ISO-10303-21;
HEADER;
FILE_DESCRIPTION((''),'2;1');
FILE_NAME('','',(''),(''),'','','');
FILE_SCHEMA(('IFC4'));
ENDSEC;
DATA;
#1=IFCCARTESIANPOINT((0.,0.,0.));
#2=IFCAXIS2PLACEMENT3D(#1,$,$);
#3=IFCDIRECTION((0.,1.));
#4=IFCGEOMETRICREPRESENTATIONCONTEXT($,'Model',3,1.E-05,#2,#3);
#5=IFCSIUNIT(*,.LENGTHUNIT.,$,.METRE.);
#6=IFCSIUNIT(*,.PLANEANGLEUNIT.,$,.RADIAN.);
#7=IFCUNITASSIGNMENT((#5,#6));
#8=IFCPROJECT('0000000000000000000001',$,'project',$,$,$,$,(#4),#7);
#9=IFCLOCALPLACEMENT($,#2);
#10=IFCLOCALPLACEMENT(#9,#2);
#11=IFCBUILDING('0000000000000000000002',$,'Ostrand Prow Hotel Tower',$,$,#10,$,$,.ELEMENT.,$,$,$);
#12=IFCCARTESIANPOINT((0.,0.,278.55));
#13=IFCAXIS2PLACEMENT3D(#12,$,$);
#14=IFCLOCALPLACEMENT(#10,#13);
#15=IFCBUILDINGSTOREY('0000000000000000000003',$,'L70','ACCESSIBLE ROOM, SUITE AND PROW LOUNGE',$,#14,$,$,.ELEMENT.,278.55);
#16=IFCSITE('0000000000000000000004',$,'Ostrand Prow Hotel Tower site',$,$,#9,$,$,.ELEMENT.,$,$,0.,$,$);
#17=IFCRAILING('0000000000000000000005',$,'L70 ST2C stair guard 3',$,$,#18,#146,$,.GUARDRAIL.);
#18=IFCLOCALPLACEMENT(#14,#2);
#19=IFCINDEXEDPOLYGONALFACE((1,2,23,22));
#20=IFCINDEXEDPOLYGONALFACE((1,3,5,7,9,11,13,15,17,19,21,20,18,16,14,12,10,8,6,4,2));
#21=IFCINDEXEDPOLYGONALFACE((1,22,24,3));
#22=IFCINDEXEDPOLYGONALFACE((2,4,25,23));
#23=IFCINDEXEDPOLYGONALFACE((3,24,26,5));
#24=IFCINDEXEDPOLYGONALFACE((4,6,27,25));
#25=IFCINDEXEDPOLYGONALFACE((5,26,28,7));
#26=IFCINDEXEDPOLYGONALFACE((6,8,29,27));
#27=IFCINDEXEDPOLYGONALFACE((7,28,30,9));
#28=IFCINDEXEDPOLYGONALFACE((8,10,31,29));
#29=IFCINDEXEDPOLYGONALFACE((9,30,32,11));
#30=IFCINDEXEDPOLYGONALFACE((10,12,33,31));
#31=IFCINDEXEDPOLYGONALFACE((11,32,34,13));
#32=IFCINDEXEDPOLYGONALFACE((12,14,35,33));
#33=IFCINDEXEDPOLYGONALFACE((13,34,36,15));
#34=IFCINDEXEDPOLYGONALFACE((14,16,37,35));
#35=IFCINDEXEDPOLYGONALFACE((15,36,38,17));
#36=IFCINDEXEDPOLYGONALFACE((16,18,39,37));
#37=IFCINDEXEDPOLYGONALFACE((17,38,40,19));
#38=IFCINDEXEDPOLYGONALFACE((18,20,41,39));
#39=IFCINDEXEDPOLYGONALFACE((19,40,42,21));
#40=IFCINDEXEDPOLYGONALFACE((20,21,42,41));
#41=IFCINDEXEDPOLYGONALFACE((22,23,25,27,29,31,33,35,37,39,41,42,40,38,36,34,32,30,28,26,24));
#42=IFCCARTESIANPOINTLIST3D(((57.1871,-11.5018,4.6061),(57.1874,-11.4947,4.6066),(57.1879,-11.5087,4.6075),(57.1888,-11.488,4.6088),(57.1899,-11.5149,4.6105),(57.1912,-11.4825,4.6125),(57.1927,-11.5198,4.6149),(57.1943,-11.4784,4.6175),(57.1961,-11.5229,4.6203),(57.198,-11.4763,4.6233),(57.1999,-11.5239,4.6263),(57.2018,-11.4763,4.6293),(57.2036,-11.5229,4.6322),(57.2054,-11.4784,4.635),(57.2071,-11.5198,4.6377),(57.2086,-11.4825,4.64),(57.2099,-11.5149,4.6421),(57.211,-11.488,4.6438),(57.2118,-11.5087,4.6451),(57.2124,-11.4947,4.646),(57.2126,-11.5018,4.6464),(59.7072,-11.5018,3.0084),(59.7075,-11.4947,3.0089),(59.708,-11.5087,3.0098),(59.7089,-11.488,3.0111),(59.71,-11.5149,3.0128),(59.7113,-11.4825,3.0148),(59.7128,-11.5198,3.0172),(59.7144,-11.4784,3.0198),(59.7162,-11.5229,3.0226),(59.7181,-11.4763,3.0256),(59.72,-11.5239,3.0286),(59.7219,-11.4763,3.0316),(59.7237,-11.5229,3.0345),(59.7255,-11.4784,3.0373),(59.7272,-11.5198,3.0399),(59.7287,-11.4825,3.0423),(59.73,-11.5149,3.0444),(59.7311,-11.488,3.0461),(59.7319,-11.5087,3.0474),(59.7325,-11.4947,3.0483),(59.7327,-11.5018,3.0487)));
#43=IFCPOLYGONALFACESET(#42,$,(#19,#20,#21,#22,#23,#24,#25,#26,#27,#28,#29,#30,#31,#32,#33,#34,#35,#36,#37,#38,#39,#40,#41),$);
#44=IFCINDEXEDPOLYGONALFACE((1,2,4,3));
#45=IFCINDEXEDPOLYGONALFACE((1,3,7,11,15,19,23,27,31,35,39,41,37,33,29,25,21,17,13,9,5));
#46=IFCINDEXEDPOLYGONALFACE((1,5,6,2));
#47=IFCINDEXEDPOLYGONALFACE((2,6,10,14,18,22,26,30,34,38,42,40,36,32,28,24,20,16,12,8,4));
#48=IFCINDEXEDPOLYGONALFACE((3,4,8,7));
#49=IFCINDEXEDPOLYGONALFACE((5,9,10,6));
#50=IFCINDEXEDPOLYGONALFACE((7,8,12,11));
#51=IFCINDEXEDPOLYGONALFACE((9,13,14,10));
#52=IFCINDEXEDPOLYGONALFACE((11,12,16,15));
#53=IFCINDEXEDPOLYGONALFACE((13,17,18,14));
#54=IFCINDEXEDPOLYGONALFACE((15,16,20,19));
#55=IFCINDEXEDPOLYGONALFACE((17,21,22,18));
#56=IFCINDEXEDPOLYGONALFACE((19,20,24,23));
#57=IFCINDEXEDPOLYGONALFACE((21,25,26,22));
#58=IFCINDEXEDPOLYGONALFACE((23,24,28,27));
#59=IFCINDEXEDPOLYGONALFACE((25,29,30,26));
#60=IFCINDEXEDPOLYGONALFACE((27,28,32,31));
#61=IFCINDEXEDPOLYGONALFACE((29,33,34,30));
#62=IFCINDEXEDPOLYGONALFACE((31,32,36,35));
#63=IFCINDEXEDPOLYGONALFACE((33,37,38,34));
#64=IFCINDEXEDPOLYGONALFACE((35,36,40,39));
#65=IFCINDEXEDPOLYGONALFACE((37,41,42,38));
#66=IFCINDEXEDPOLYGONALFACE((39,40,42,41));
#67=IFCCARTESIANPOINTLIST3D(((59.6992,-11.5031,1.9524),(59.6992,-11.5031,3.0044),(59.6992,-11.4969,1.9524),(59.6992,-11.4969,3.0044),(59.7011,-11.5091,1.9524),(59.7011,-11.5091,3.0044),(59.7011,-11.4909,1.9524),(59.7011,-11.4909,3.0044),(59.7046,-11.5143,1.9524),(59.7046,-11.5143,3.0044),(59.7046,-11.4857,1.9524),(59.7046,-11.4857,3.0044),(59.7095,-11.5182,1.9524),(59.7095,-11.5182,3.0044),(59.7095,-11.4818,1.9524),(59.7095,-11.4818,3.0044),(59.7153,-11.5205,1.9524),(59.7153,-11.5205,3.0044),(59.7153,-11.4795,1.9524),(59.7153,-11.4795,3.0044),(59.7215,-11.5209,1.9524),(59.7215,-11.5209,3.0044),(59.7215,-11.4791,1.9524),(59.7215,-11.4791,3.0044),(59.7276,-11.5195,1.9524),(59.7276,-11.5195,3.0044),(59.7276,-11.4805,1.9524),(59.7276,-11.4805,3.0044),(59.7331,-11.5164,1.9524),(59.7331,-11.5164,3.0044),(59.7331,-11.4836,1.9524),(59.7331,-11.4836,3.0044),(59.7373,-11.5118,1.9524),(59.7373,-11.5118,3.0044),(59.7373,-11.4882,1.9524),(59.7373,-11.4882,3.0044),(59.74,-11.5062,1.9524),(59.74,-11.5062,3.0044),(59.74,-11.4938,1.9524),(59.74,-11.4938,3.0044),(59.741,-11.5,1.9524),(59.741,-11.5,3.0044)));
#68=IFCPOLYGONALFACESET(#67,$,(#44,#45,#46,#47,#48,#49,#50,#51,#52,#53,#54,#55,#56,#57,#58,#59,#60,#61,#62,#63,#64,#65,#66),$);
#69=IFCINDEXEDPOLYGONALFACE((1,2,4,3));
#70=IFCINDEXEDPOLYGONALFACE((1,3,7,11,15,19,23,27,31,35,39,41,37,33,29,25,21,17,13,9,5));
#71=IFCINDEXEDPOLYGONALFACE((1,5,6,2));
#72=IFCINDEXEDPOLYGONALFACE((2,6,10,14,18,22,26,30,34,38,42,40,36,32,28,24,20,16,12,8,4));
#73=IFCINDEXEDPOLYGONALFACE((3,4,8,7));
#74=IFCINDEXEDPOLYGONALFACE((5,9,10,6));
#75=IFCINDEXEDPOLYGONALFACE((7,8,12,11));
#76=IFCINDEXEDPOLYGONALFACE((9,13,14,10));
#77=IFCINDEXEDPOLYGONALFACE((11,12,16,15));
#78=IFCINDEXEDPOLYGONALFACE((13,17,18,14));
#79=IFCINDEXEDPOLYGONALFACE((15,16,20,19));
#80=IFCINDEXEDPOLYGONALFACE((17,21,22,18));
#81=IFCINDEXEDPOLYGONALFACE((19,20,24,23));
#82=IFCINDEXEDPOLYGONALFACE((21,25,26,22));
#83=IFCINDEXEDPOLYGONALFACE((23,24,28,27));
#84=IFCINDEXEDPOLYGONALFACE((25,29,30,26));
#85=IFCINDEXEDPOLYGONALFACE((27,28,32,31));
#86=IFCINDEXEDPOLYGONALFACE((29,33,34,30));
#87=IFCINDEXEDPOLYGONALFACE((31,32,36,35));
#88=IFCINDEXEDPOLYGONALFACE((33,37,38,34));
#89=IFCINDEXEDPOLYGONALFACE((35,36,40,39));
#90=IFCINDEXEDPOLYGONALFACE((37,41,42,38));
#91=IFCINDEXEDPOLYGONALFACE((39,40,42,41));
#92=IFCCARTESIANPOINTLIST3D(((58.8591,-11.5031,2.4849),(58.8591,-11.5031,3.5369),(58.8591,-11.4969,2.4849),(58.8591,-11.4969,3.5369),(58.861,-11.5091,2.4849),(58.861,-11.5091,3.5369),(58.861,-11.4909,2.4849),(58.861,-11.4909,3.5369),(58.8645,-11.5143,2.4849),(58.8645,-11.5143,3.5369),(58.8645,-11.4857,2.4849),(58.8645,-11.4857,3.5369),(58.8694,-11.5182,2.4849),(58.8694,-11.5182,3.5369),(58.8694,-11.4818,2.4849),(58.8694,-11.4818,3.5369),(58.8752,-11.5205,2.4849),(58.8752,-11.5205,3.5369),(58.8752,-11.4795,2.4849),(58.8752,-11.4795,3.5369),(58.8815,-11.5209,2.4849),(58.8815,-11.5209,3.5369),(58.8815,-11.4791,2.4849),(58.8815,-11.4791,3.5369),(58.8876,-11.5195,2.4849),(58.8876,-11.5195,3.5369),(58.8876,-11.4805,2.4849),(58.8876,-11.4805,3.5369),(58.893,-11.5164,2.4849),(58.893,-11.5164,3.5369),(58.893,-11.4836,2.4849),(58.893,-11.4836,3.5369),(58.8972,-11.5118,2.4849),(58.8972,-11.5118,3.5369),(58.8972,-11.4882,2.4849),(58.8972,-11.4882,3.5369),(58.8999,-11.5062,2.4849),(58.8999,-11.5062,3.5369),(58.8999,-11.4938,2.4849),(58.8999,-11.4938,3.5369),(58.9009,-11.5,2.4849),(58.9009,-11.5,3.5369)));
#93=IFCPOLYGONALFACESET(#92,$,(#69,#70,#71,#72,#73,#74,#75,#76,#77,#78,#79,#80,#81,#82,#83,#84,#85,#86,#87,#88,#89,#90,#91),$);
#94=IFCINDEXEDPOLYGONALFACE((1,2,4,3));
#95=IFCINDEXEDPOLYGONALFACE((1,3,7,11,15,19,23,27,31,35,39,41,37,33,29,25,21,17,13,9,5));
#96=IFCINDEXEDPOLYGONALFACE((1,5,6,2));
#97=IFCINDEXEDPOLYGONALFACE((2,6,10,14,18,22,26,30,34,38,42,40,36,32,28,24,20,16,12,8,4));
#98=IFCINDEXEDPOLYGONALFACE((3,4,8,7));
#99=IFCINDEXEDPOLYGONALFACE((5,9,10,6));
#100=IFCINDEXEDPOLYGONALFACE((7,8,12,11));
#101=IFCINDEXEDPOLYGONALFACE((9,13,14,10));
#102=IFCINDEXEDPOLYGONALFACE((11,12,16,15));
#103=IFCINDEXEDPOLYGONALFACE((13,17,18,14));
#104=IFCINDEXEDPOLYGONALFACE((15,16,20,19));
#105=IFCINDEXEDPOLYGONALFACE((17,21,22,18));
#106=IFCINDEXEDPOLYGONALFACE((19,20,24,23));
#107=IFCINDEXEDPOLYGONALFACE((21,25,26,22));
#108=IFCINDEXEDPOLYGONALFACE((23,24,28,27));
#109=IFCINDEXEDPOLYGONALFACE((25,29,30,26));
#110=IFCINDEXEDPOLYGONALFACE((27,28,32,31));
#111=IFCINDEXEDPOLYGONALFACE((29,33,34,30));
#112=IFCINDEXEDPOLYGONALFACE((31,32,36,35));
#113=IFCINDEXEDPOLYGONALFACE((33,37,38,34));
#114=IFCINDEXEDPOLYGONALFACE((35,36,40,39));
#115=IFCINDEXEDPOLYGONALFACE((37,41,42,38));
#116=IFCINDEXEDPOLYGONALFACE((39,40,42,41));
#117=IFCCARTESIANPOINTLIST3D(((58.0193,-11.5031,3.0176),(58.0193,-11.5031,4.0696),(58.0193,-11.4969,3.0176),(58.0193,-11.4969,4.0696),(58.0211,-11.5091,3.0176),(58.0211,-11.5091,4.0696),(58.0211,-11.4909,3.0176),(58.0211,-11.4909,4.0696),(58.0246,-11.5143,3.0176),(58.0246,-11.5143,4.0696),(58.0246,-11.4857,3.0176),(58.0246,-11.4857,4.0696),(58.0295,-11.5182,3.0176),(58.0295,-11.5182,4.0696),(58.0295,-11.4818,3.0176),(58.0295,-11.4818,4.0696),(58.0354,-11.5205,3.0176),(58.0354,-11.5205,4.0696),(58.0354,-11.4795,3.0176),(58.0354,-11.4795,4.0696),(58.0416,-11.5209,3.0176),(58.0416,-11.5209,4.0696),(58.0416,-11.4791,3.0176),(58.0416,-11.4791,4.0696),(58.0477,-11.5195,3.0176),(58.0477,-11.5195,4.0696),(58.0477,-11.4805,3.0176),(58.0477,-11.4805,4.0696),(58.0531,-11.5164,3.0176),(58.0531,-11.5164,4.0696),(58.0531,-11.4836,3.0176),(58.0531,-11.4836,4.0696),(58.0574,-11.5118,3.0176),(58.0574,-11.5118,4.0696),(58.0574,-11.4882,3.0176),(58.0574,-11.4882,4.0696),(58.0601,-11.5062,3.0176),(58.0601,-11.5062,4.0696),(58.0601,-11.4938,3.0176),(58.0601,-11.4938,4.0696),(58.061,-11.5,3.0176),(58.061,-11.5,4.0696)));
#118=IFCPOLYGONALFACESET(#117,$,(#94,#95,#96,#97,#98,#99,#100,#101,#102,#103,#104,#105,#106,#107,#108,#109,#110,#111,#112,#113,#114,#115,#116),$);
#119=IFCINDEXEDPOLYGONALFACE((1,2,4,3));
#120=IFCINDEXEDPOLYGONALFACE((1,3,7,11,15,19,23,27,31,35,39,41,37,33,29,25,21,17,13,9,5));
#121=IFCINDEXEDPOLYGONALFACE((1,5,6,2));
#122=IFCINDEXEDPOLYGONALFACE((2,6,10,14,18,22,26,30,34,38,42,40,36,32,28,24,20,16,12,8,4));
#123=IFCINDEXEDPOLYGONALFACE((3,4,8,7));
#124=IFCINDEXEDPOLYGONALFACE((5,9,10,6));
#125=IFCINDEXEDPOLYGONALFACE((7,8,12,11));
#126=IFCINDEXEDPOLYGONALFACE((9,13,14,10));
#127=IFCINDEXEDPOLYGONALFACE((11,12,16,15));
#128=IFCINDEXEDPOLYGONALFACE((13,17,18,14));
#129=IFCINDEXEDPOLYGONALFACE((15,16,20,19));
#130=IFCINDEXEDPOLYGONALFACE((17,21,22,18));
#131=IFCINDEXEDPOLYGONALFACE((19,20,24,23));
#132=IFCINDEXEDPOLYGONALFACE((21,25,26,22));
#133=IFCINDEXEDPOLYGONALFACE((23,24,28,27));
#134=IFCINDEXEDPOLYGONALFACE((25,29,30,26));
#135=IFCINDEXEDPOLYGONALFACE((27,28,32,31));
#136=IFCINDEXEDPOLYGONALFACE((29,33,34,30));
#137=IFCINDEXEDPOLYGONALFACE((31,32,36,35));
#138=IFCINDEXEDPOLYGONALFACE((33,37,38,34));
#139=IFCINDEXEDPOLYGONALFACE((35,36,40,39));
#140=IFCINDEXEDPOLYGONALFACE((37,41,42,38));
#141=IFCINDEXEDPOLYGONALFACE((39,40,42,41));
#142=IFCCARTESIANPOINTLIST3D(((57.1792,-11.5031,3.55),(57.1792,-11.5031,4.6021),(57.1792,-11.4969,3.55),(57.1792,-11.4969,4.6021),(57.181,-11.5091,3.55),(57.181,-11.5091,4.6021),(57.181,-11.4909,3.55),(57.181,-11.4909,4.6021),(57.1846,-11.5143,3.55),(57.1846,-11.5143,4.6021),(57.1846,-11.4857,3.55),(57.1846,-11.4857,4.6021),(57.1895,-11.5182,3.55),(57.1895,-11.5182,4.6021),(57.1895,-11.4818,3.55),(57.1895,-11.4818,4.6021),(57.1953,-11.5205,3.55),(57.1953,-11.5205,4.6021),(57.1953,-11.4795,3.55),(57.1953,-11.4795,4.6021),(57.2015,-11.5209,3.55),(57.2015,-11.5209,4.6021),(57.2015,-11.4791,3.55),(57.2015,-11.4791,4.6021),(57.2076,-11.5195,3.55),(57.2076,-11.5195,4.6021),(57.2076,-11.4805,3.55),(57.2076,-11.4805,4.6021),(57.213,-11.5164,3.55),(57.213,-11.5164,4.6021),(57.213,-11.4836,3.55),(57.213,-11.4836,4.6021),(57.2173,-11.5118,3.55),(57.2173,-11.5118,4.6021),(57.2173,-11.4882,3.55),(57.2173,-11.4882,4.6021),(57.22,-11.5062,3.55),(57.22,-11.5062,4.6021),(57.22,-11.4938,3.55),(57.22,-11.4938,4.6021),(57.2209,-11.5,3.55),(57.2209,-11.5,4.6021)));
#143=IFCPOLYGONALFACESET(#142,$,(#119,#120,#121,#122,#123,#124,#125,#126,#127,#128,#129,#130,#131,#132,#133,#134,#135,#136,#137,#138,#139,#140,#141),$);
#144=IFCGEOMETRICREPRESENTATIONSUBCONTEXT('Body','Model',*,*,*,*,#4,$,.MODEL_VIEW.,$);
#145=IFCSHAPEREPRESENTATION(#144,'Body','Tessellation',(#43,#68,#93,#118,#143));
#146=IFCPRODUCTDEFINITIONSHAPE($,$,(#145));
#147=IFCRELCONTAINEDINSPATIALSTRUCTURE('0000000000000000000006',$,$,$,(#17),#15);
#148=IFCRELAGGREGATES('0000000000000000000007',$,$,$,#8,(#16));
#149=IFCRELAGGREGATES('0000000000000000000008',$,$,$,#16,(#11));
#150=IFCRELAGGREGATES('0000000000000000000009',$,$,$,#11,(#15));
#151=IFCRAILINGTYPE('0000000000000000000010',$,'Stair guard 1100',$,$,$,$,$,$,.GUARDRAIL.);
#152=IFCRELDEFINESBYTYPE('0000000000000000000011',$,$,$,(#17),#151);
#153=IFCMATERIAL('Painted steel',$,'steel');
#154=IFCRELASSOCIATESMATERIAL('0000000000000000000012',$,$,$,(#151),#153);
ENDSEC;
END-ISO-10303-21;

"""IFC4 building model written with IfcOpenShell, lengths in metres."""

from ifc_helpers import new_model, si_unit, direction, frame, origin, origin_2d, place, context, subcontext, project, spatial, circle, extrude, material, type_object, element, save


model = new_model("IFC4")

# Units and contexts
model_context = context("Model", 3, precision=1e-05, world=origin(), true_north=direction((0.0, 1.0)))
body_context = subcontext(model_context, "Body", "Model", "MODEL_VIEW")
ifc_project = project(units=[si_unit("LENGTHUNIT", "METRE"), si_unit("PLANEANGLEUNIT", "RADIAN")], contexts=[model_context])

# Site, building, storey
site_placement = place(None, origin())
site = spatial("IfcSite", under=ifc_project, at=site_placement, Name="Ostrand Prow Hotel Tower site", CompositionType="ELEMENT", RefElevation=0.0)
building_placement = place(site_placement, origin())
building = spatial("IfcBuilding", under=site, at=building_placement, Name="Ostrand Prow Hotel Tower", CompositionType="ELEMENT")
storey_placement = place(building_placement, frame((0.0, 0.0, 278.55)))
storey = spatial("IfcBuildingStorey", under=building, at=storey_placement, Name="L70", Description="ACCESSIBLE ROOM, SUITE AND PROW LOUNGE", CompositionType="ELEMENT", Elevation=278.55)

# Railing
ifc_material_1 = material(Name="Painted steel", Category="steel")
railing_type_1 = type_object("IfcRailingType", Name="Stair guard 1100", PredefinedType="GUARDRAIL", material=ifc_material_1)
railing_1_placement = place(storey_placement, frame((59.72, -11.5, 1.9524)))
element("IfcRailing", 1, at=railing_1_placement, inside=storey, type_object=railing_type_1, Name="L70 ST2C stair guard 3", PredefinedType="GUARDRAIL", context=body_context, shape_type="SweptSolid", body=[
    extrude(circle(Radius=0.0239, at=origin_2d()), frame((0.0, 0.0, 1.0762), z_axis=(-0.84457, 0.0, 0.535445), x_axis=(0.0, -1.0, 0.0)), (0.0, 0.0, 1.0), 2.9839),
    extrude(circle(Radius=0.021, at=origin_2d()), origin(), (0.0, 0.0, 1.0), 1.052),
    extrude(circle(Radius=0.021, at=origin_2d()), frame((-0.8401, 0.0, 0.5325)), (0.0, 0.0, 1.0), 1.052),
    extrude(circle(Radius=0.021, at=origin_2d()), frame((-1.6799, 0.0, 1.0652)), (0.0, 0.0, 1.0), 1.052),
    extrude(circle(Radius=0.021, at=origin_2d()), frame((-2.52, 0.0, 1.5977)), (0.0, 0.0, 1.0), 1.052),
])

save(model, "model.ifc")
